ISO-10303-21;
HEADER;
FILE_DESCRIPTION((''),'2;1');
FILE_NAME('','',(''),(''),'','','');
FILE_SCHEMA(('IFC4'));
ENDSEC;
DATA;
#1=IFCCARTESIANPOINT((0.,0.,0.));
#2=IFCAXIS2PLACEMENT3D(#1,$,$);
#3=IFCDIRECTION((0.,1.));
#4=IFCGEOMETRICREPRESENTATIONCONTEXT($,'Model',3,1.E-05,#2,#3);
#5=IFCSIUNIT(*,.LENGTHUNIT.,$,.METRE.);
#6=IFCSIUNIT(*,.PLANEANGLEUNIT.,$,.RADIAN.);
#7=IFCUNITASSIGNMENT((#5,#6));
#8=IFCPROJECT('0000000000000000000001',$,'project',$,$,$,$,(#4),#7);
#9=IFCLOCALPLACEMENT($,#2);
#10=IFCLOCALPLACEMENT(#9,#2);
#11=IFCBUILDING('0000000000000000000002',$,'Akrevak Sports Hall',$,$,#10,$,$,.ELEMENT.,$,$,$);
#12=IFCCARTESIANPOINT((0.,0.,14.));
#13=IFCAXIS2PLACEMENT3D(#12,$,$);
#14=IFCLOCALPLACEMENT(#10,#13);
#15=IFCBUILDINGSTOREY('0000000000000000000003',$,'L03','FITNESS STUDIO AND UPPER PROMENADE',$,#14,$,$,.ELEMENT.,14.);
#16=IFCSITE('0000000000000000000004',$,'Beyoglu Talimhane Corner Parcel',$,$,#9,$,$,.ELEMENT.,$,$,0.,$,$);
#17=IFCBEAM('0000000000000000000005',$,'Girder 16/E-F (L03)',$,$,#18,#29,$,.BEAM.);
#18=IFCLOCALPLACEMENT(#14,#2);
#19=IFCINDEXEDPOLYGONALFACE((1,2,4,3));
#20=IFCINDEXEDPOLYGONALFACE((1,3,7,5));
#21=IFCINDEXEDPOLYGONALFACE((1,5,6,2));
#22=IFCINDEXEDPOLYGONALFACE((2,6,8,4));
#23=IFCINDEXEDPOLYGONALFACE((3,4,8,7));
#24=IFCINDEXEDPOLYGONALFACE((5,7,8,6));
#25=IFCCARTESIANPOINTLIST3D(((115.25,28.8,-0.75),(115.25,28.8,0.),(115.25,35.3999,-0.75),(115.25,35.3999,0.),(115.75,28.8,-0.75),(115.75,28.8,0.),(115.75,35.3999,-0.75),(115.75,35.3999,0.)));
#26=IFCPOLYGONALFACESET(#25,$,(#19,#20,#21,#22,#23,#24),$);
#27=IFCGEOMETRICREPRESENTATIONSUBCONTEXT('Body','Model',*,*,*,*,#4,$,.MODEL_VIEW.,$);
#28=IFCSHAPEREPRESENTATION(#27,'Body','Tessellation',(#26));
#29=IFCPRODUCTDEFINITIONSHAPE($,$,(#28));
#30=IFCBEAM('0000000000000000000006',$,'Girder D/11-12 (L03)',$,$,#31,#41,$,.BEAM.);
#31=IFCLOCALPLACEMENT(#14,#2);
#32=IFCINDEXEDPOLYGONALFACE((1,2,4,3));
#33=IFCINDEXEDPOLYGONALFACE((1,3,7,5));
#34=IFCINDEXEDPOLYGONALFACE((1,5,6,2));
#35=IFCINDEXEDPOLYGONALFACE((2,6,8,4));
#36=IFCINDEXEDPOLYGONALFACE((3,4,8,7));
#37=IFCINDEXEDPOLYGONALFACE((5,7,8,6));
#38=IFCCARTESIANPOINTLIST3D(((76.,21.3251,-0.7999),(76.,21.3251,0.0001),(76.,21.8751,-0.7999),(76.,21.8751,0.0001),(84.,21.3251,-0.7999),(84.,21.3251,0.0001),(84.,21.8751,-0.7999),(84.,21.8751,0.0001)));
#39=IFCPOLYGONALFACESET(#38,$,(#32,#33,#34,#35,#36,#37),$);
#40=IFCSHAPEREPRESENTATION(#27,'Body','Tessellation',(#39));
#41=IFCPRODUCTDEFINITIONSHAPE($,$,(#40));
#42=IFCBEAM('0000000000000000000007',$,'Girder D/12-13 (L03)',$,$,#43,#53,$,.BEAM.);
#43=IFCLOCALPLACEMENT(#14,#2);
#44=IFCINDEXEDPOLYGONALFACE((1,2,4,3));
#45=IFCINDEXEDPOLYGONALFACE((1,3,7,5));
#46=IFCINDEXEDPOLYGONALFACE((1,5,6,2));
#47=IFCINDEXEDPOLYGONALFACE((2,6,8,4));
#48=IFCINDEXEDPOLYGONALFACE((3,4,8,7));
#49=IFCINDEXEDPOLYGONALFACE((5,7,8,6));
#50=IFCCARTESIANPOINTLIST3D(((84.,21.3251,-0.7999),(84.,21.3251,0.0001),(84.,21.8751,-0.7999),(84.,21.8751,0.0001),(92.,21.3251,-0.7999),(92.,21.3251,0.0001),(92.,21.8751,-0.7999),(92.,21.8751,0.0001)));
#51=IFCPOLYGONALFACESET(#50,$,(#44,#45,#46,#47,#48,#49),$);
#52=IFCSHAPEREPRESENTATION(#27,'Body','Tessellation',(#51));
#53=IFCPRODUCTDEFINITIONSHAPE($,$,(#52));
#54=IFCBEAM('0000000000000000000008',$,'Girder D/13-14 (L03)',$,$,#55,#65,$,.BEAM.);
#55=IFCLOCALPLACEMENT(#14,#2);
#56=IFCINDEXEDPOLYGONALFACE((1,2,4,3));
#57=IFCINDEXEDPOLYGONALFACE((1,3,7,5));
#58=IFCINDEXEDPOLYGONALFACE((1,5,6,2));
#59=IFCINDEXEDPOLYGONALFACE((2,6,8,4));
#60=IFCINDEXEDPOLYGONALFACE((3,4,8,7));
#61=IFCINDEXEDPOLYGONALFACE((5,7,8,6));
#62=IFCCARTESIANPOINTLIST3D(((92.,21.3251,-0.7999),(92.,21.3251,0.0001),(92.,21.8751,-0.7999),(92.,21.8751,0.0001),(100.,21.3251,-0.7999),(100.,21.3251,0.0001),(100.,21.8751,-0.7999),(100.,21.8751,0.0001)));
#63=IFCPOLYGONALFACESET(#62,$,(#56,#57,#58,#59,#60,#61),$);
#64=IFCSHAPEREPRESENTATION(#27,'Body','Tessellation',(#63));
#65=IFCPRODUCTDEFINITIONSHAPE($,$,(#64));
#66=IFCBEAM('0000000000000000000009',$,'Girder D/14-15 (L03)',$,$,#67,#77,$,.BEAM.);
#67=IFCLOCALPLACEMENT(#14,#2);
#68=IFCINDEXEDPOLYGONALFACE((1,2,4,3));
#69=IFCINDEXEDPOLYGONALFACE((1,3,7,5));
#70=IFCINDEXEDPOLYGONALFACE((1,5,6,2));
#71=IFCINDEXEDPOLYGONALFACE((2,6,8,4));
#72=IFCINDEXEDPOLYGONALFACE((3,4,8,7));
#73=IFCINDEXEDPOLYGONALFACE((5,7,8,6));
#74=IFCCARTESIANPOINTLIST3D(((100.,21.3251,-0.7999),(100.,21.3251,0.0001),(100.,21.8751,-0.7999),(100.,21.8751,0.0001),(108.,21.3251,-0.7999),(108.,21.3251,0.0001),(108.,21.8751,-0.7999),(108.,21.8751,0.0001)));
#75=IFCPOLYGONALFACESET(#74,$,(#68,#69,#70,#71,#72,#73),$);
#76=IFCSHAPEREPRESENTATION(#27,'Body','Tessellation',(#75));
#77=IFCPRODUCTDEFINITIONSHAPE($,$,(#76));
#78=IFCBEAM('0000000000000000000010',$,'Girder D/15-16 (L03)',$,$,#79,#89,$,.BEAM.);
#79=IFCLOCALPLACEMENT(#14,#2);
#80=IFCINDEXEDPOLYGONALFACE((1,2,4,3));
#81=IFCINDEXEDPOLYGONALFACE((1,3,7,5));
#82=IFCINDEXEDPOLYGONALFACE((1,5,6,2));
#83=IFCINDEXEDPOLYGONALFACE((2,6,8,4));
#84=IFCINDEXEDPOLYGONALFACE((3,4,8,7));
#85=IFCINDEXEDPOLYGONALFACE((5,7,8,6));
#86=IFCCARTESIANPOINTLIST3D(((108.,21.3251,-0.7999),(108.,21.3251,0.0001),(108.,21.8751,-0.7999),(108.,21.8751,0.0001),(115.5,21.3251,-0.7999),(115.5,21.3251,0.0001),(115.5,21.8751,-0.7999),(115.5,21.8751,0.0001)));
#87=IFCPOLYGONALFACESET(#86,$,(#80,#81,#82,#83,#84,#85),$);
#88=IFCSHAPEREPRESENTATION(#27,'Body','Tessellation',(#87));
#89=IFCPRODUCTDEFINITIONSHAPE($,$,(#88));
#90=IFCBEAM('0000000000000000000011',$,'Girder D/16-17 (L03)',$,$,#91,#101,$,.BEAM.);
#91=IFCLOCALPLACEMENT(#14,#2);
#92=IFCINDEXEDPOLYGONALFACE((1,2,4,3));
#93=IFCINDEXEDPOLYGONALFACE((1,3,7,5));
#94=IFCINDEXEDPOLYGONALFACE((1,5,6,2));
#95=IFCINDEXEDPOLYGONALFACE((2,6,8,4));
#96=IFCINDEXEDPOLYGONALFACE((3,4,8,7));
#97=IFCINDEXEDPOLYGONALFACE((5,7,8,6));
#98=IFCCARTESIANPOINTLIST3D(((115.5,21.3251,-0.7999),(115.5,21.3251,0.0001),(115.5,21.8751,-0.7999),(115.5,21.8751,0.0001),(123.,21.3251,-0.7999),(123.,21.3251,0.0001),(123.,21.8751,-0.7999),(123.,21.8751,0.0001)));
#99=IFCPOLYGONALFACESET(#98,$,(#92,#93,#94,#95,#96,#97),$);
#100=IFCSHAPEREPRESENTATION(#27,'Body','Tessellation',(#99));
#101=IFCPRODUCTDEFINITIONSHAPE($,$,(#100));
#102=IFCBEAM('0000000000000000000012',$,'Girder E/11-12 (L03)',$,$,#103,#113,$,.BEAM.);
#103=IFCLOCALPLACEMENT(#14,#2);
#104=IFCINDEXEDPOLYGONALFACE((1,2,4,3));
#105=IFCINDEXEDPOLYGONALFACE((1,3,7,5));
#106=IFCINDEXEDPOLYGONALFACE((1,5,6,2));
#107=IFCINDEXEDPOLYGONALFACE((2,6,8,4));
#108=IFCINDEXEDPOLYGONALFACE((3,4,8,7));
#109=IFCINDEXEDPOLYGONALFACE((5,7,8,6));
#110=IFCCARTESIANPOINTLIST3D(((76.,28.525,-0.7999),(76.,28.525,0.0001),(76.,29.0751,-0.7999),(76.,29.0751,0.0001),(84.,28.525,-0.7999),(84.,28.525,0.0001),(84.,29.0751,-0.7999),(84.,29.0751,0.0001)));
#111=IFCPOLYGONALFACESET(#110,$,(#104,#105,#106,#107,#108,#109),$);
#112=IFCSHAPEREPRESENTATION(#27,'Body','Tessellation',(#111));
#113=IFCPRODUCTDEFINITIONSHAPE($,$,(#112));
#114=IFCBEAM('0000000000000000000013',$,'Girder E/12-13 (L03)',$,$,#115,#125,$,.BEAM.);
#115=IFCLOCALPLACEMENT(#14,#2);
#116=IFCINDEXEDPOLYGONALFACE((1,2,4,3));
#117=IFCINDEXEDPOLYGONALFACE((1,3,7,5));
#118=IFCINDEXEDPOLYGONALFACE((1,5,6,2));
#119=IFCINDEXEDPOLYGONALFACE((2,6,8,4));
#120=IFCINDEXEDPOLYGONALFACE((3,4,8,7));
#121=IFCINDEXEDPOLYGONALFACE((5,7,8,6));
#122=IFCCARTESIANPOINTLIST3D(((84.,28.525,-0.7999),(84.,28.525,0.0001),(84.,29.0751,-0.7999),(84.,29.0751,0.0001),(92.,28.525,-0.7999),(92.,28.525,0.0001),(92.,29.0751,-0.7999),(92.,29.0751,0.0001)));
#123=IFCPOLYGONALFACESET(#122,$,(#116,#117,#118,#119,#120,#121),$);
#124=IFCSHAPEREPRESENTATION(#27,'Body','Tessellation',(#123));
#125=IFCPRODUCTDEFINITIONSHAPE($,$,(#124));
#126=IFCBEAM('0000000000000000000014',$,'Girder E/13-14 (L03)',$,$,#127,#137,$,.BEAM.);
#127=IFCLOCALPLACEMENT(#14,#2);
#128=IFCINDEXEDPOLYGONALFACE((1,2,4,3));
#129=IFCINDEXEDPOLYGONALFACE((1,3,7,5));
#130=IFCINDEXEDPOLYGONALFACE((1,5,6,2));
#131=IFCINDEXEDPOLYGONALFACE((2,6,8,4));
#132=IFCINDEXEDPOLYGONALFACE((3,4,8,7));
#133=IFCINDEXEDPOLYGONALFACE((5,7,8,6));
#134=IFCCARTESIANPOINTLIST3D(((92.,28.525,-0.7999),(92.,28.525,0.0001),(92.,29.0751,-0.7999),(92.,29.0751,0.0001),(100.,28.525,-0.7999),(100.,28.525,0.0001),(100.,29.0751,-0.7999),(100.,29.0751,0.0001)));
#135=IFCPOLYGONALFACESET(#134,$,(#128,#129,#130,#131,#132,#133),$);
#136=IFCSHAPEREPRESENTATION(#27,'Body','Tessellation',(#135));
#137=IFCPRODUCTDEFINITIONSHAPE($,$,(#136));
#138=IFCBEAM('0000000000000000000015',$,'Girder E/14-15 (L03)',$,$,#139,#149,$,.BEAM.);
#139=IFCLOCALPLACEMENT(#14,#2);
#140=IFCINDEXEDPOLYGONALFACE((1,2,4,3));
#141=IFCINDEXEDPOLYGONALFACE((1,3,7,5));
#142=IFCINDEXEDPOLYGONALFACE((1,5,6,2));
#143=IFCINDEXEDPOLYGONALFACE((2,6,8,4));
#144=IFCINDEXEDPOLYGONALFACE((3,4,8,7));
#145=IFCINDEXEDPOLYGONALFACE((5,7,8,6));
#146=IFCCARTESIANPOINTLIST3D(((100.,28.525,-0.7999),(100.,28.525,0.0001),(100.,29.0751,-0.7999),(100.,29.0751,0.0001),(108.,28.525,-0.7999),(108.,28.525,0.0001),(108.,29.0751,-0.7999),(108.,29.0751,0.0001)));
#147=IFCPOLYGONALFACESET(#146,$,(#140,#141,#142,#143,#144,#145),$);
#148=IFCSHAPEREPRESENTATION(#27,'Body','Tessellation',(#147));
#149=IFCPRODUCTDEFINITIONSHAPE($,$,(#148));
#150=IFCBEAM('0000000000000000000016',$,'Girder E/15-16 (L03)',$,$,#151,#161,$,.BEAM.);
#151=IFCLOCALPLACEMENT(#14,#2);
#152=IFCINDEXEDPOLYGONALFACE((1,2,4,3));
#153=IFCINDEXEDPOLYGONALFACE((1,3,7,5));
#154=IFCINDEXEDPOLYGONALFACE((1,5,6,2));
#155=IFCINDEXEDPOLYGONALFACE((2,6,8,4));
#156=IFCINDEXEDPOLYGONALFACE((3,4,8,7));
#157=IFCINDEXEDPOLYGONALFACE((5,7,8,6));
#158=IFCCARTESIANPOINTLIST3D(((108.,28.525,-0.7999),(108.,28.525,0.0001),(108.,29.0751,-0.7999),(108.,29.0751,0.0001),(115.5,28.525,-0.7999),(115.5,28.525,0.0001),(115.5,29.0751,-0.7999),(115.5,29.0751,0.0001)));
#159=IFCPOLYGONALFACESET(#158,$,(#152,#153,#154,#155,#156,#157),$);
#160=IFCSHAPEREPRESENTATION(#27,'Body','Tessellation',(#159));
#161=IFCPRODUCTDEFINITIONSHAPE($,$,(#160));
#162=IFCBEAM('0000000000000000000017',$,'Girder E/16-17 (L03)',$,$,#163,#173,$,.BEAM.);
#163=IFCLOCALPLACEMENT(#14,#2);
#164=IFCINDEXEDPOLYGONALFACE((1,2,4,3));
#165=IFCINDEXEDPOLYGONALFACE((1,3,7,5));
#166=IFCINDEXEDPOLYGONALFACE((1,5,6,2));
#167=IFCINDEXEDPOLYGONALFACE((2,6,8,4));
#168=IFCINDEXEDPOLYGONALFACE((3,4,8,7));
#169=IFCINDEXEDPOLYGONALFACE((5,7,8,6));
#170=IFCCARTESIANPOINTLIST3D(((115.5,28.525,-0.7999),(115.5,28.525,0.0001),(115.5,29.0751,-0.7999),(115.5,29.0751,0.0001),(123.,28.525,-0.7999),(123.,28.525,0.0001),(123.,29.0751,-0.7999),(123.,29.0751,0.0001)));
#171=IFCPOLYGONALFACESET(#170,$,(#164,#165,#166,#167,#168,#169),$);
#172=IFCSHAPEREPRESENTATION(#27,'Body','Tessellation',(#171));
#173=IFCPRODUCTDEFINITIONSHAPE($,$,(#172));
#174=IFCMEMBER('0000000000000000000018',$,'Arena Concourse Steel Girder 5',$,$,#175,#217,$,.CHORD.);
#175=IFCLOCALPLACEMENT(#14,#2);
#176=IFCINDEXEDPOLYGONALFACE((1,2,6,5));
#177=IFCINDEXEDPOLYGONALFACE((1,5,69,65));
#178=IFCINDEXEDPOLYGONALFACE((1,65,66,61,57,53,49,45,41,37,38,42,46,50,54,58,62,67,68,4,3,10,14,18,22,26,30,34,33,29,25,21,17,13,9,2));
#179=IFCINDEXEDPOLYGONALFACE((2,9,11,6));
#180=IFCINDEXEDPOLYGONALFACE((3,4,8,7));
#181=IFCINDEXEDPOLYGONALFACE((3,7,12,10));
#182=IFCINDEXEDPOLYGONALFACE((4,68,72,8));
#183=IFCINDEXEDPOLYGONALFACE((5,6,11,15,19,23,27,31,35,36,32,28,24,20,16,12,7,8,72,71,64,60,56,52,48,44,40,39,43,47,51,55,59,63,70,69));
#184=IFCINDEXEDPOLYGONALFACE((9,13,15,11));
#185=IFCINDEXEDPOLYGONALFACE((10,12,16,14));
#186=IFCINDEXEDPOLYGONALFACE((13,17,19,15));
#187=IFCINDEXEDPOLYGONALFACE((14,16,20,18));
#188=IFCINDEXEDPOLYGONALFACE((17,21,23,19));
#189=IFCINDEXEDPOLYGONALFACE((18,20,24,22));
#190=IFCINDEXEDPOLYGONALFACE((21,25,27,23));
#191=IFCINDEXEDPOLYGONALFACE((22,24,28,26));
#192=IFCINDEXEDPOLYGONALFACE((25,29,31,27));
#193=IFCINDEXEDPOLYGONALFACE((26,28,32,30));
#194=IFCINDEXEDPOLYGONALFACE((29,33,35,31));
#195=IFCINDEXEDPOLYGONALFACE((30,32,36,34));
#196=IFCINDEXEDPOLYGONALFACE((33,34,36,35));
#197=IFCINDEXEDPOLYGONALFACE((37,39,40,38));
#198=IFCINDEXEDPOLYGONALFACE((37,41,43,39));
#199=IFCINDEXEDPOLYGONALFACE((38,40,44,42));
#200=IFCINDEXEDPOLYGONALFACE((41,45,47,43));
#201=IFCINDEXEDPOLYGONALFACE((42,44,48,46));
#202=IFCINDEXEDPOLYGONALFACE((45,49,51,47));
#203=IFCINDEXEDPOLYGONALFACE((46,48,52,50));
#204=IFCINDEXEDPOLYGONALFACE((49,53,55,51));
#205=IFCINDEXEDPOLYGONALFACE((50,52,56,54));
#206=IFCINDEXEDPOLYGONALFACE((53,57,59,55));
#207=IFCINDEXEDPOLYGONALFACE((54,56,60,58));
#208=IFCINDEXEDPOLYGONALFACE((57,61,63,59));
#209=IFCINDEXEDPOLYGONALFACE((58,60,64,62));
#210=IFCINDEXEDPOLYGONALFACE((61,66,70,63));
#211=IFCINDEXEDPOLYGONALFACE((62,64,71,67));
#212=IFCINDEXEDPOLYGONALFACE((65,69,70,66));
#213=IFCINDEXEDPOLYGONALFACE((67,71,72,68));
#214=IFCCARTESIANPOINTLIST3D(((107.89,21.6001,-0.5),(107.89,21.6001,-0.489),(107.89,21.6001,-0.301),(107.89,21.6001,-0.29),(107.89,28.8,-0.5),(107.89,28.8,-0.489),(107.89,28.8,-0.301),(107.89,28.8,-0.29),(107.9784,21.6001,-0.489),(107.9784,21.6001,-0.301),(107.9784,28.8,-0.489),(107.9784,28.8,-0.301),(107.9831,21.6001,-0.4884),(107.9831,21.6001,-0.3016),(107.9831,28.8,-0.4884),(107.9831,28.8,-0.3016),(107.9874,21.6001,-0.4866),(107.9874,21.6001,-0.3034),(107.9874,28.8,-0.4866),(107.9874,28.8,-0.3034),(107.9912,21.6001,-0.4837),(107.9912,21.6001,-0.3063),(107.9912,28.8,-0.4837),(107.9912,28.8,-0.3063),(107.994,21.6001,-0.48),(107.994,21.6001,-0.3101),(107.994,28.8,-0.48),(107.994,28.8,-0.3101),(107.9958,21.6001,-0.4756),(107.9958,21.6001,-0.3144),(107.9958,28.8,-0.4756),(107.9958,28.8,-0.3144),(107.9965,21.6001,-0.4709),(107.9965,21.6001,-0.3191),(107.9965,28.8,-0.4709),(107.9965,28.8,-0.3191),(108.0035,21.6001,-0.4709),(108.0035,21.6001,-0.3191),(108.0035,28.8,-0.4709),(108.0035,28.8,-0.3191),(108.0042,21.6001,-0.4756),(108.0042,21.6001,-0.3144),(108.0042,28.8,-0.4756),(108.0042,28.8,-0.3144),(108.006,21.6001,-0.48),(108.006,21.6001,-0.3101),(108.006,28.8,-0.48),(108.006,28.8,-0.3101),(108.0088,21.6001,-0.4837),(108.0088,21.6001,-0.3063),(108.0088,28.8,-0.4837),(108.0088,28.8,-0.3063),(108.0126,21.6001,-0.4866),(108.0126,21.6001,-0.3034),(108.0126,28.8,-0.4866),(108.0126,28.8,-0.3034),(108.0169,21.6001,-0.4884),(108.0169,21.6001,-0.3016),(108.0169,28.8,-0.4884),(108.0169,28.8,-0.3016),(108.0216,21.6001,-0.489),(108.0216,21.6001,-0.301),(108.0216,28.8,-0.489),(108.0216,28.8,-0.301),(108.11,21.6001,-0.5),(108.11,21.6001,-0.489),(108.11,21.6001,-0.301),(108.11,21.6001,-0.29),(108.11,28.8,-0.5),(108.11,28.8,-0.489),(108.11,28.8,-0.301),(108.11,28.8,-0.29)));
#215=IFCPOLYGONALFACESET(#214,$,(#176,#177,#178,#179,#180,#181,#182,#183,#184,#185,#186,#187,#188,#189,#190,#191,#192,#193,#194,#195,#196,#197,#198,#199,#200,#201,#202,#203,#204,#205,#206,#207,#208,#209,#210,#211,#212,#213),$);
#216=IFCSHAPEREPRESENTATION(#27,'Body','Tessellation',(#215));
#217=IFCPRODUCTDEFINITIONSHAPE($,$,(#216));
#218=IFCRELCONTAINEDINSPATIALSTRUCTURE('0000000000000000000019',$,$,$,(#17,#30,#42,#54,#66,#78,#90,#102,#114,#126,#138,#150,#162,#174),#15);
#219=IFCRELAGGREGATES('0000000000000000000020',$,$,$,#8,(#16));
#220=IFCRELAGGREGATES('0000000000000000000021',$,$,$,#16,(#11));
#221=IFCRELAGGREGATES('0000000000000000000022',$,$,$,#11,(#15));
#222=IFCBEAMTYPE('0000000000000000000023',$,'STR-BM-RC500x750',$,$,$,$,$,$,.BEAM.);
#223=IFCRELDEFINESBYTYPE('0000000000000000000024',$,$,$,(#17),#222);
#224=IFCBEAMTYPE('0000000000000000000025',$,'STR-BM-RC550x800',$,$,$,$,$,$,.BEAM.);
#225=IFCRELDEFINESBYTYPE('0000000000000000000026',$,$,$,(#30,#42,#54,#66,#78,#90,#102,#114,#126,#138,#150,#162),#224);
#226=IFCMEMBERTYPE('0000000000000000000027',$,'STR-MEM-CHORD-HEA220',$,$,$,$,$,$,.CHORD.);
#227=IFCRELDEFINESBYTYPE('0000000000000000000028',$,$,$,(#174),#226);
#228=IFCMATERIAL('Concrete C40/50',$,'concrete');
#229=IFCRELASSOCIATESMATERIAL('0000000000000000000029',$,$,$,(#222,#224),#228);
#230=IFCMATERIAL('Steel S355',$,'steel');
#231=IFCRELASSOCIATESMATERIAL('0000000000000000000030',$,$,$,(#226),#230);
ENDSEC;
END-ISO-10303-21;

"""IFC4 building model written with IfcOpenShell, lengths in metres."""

from ifc_helpers import new_model, si_unit, direction, frame, origin, origin_2d, place, context, subcontext, project, spatial, rectangle, i_section, extrude, material, material_profile, profile_set, type_object, element, save


model = new_model("IFC4")

# Units and contexts
model_context = context("Model", 3, precision=1e-05, world=origin(), true_north=direction((0.0, 1.0)))
body_context = subcontext(model_context, "Body", "Model", "MODEL_VIEW")
ifc_project = project(units=[si_unit("LENGTHUNIT", "METRE"), si_unit("PLANEANGLEUNIT", "RADIAN")], contexts=[model_context])

# Site, building, storey
site_placement = place(None, origin())
site = spatial("IfcSite", under=ifc_project, at=site_placement, Name="Beyoglu Talimhane Corner Parcel", CompositionType="ELEMENT", RefElevation=0.0)
building_placement = place(site_placement, origin())
building = spatial("IfcBuilding", under=site, at=building_placement, Name="Akrevak Sports Hall", CompositionType="ELEMENT")
storey_placement = place(building_placement, frame((0.0, 0.0, 14.0)))
storey = spatial("IfcBuildingStorey", under=building, at=storey_placement, Name="L03", Description="FITNESS STUDIO AND UPPER PROMENADE", CompositionType="ELEMENT", Elevation=14.0)

# Beams
ifc_material_1 = material(Name="Concrete C40/50", Category="concrete")
ifc_material_profile_1 = material_profile(ifc_material_1, rectangle(XDim=0.5, YDim=0.75, at=origin_2d()), Name="BM 500x750", Category="concrete")
ifc_profile_set_1 = profile_set([ifc_material_profile_1], Name="Concrete C40/50")
beam_type_1 = type_object("IfcBeamType", Name="STR-BM-RC500x750", PredefinedType="BEAM", material=ifc_profile_set_1)
beam_1_placement = place(storey_placement, frame((115.5, 28.8, -0.375), z_axis=(0.0, 1.0, 0.0), x_axis=(-1.0, 0.0, 0.0)))
element("IfcBeam", 1, at=beam_1_placement, inside=storey, type_object=beam_type_1, Name="Girder 16/E-F (L03)", PredefinedType="BEAM", context=body_context, shape_type="SweptSolid", body=[
    extrude(rectangle(XDim=0.5, YDim=0.75, at=origin_2d()), origin(), (0.0, 0.0, 1.0), 6.5999),
])
ifc_material_profile_2 = material_profile(ifc_material_1, rectangle(XDim=0.55, YDim=0.8, at=origin_2d()), Name="BM 550x800", Category="concrete")
ifc_profile_set_2 = profile_set([ifc_material_profile_2], Name="Concrete C40/50")
beam_type_2 = type_object("IfcBeamType", Name="STR-BM-RC550x800", PredefinedType="BEAM", material=ifc_profile_set_2)
for number, where, z_axis, x_axis, name in (
    (2, (76.0, 21.6001, -0.3999), (1.0, 0.0, 0.0), (0.0, 1.0, 0.0), "Girder D/11-12 (L03)"),
    (3, (84.0, 21.6001, -0.3999), (1.0, 0.0, 0.0), (0.0, 1.0, 0.0), "Girder D/12-13 (L03)"),
    (4, (92.0, 21.6001, -0.3999), (1.0, 0.0, 0.0), (0.0, 1.0, 0.0), "Girder D/13-14 (L03)"),
    (5, (100.0, 21.6001, -0.3999), (1.0, 0.0, 0.0), (0.0, 1.0, 0.0), "Girder D/14-15 (L03)"),
):
    element("IfcBeam", number, at=place(storey_placement, frame(where, z_axis=z_axis, x_axis=x_axis)), inside=storey, type_object=beam_type_2, Name=name, PredefinedType="BEAM", context=body_context, shape_type="SweptSolid", body=[
        extrude(rectangle(XDim=0.55, YDim=0.8, at=origin_2d()), origin(), (0.0, 0.0, 1.0), 8.0),
    ])
for number, where, z_axis, x_axis, name in (
    (6, (108.0, 21.6001, -0.3999), (1.0, 0.0, 0.0), (0.0, 1.0, 0.0), "Girder D/15-16 (L03)"),
    (7, (115.5, 21.6001, -0.3999), (1.0, 0.0, 0.0), (0.0, 1.0, 0.0), "Girder D/16-17 (L03)"),
):
    element("IfcBeam", number, at=place(storey_placement, frame(where, z_axis=z_axis, x_axis=x_axis)), inside=storey, type_object=beam_type_2, Name=name, PredefinedType="BEAM", context=body_context, shape_type="SweptSolid", body=[
        extrude(rectangle(XDim=0.55, YDim=0.8, at=origin_2d()), origin(), (0.0, 0.0, 1.0), 7.5),
    ])
for number, where, z_axis, x_axis, name in (
    (8, (76.0, 28.8, -0.3999), (1.0, 0.0, 0.0), (0.0, 1.0, 0.0), "Girder E/11-12 (L03)"),
    (9, (84.0, 28.8, -0.3999), (1.0, 0.0, 0.0), (0.0, 1.0, 0.0), "Girder E/12-13 (L03)"),
    (10, (92.0, 28.8, -0.3999), (1.0, 0.0, 0.0), (0.0, 1.0, 0.0), "Girder E/13-14 (L03)"),
    (11, (100.0, 28.8, -0.3999), (1.0, 0.0, 0.0), (0.0, 1.0, 0.0), "Girder E/14-15 (L03)"),
):
    element("IfcBeam", number, at=place(storey_placement, frame(where, z_axis=z_axis, x_axis=x_axis)), inside=storey, type_object=beam_type_2, Name=name, PredefinedType="BEAM", context=body_context, shape_type="SweptSolid", body=[
        extrude(rectangle(XDim=0.55, YDim=0.8, at=origin_2d()), origin(), (0.0, 0.0, 1.0), 8.0),
    ])
for number, where, z_axis, x_axis, name in (
    (12, (108.0, 28.8, -0.3999), (1.0, 0.0, 0.0), (0.0, 1.0, 0.0), "Girder E/15-16 (L03)"),
    (13, (115.5, 28.8, -0.3999), (1.0, 0.0, 0.0), (0.0, 1.0, 0.0), "Girder E/16-17 (L03)"),
):
    element("IfcBeam", number, at=place(storey_placement, frame(where, z_axis=z_axis, x_axis=x_axis)), inside=storey, type_object=beam_type_2, Name=name, PredefinedType="BEAM", context=body_context, shape_type="SweptSolid", body=[
        extrude(rectangle(XDim=0.55, YDim=0.8, at=origin_2d()), origin(), (0.0, 0.0, 1.0), 7.5),
    ])

# Member
ifc_material_2 = material(Name="Steel S355", Category="steel")
ifc_material_profile_3 = material_profile(ifc_material_2, i_section(OverallWidth=0.22, OverallDepth=0.21, WebThickness=0.0071, FlangeThickness=0.011, FilletRadius=0.0181, at=origin_2d()), Name="HEA 220", Category="steel")
ifc_profile_set_3 = profile_set([ifc_material_profile_3], Name="Steel S355")
member_type = type_object("IfcMemberType", Name="STR-MEM-CHORD-HEA220", PredefinedType="CHORD", material=ifc_profile_set_3)
member_placement = place(storey_placement, frame((108.0, 21.6001, -0.395), z_axis=(0.0, 1.0, 0.0), x_axis=(-1.0, 0.0, 0.0)))
element("IfcMember", 14, at=member_placement, inside=storey, type_object=member_type, Name="Arena Concourse Steel Girder 5", PredefinedType="CHORD", context=body_context, shape_type="SweptSolid", body=[
    extrude(i_section(OverallWidth=0.22, OverallDepth=0.21, WebThickness=0.0071, FlangeThickness=0.011, FilletRadius=0.0181, at=origin_2d()), origin(), (0.0, 0.0, 1.0), 7.2),
])

save(model, "model.ifc")
